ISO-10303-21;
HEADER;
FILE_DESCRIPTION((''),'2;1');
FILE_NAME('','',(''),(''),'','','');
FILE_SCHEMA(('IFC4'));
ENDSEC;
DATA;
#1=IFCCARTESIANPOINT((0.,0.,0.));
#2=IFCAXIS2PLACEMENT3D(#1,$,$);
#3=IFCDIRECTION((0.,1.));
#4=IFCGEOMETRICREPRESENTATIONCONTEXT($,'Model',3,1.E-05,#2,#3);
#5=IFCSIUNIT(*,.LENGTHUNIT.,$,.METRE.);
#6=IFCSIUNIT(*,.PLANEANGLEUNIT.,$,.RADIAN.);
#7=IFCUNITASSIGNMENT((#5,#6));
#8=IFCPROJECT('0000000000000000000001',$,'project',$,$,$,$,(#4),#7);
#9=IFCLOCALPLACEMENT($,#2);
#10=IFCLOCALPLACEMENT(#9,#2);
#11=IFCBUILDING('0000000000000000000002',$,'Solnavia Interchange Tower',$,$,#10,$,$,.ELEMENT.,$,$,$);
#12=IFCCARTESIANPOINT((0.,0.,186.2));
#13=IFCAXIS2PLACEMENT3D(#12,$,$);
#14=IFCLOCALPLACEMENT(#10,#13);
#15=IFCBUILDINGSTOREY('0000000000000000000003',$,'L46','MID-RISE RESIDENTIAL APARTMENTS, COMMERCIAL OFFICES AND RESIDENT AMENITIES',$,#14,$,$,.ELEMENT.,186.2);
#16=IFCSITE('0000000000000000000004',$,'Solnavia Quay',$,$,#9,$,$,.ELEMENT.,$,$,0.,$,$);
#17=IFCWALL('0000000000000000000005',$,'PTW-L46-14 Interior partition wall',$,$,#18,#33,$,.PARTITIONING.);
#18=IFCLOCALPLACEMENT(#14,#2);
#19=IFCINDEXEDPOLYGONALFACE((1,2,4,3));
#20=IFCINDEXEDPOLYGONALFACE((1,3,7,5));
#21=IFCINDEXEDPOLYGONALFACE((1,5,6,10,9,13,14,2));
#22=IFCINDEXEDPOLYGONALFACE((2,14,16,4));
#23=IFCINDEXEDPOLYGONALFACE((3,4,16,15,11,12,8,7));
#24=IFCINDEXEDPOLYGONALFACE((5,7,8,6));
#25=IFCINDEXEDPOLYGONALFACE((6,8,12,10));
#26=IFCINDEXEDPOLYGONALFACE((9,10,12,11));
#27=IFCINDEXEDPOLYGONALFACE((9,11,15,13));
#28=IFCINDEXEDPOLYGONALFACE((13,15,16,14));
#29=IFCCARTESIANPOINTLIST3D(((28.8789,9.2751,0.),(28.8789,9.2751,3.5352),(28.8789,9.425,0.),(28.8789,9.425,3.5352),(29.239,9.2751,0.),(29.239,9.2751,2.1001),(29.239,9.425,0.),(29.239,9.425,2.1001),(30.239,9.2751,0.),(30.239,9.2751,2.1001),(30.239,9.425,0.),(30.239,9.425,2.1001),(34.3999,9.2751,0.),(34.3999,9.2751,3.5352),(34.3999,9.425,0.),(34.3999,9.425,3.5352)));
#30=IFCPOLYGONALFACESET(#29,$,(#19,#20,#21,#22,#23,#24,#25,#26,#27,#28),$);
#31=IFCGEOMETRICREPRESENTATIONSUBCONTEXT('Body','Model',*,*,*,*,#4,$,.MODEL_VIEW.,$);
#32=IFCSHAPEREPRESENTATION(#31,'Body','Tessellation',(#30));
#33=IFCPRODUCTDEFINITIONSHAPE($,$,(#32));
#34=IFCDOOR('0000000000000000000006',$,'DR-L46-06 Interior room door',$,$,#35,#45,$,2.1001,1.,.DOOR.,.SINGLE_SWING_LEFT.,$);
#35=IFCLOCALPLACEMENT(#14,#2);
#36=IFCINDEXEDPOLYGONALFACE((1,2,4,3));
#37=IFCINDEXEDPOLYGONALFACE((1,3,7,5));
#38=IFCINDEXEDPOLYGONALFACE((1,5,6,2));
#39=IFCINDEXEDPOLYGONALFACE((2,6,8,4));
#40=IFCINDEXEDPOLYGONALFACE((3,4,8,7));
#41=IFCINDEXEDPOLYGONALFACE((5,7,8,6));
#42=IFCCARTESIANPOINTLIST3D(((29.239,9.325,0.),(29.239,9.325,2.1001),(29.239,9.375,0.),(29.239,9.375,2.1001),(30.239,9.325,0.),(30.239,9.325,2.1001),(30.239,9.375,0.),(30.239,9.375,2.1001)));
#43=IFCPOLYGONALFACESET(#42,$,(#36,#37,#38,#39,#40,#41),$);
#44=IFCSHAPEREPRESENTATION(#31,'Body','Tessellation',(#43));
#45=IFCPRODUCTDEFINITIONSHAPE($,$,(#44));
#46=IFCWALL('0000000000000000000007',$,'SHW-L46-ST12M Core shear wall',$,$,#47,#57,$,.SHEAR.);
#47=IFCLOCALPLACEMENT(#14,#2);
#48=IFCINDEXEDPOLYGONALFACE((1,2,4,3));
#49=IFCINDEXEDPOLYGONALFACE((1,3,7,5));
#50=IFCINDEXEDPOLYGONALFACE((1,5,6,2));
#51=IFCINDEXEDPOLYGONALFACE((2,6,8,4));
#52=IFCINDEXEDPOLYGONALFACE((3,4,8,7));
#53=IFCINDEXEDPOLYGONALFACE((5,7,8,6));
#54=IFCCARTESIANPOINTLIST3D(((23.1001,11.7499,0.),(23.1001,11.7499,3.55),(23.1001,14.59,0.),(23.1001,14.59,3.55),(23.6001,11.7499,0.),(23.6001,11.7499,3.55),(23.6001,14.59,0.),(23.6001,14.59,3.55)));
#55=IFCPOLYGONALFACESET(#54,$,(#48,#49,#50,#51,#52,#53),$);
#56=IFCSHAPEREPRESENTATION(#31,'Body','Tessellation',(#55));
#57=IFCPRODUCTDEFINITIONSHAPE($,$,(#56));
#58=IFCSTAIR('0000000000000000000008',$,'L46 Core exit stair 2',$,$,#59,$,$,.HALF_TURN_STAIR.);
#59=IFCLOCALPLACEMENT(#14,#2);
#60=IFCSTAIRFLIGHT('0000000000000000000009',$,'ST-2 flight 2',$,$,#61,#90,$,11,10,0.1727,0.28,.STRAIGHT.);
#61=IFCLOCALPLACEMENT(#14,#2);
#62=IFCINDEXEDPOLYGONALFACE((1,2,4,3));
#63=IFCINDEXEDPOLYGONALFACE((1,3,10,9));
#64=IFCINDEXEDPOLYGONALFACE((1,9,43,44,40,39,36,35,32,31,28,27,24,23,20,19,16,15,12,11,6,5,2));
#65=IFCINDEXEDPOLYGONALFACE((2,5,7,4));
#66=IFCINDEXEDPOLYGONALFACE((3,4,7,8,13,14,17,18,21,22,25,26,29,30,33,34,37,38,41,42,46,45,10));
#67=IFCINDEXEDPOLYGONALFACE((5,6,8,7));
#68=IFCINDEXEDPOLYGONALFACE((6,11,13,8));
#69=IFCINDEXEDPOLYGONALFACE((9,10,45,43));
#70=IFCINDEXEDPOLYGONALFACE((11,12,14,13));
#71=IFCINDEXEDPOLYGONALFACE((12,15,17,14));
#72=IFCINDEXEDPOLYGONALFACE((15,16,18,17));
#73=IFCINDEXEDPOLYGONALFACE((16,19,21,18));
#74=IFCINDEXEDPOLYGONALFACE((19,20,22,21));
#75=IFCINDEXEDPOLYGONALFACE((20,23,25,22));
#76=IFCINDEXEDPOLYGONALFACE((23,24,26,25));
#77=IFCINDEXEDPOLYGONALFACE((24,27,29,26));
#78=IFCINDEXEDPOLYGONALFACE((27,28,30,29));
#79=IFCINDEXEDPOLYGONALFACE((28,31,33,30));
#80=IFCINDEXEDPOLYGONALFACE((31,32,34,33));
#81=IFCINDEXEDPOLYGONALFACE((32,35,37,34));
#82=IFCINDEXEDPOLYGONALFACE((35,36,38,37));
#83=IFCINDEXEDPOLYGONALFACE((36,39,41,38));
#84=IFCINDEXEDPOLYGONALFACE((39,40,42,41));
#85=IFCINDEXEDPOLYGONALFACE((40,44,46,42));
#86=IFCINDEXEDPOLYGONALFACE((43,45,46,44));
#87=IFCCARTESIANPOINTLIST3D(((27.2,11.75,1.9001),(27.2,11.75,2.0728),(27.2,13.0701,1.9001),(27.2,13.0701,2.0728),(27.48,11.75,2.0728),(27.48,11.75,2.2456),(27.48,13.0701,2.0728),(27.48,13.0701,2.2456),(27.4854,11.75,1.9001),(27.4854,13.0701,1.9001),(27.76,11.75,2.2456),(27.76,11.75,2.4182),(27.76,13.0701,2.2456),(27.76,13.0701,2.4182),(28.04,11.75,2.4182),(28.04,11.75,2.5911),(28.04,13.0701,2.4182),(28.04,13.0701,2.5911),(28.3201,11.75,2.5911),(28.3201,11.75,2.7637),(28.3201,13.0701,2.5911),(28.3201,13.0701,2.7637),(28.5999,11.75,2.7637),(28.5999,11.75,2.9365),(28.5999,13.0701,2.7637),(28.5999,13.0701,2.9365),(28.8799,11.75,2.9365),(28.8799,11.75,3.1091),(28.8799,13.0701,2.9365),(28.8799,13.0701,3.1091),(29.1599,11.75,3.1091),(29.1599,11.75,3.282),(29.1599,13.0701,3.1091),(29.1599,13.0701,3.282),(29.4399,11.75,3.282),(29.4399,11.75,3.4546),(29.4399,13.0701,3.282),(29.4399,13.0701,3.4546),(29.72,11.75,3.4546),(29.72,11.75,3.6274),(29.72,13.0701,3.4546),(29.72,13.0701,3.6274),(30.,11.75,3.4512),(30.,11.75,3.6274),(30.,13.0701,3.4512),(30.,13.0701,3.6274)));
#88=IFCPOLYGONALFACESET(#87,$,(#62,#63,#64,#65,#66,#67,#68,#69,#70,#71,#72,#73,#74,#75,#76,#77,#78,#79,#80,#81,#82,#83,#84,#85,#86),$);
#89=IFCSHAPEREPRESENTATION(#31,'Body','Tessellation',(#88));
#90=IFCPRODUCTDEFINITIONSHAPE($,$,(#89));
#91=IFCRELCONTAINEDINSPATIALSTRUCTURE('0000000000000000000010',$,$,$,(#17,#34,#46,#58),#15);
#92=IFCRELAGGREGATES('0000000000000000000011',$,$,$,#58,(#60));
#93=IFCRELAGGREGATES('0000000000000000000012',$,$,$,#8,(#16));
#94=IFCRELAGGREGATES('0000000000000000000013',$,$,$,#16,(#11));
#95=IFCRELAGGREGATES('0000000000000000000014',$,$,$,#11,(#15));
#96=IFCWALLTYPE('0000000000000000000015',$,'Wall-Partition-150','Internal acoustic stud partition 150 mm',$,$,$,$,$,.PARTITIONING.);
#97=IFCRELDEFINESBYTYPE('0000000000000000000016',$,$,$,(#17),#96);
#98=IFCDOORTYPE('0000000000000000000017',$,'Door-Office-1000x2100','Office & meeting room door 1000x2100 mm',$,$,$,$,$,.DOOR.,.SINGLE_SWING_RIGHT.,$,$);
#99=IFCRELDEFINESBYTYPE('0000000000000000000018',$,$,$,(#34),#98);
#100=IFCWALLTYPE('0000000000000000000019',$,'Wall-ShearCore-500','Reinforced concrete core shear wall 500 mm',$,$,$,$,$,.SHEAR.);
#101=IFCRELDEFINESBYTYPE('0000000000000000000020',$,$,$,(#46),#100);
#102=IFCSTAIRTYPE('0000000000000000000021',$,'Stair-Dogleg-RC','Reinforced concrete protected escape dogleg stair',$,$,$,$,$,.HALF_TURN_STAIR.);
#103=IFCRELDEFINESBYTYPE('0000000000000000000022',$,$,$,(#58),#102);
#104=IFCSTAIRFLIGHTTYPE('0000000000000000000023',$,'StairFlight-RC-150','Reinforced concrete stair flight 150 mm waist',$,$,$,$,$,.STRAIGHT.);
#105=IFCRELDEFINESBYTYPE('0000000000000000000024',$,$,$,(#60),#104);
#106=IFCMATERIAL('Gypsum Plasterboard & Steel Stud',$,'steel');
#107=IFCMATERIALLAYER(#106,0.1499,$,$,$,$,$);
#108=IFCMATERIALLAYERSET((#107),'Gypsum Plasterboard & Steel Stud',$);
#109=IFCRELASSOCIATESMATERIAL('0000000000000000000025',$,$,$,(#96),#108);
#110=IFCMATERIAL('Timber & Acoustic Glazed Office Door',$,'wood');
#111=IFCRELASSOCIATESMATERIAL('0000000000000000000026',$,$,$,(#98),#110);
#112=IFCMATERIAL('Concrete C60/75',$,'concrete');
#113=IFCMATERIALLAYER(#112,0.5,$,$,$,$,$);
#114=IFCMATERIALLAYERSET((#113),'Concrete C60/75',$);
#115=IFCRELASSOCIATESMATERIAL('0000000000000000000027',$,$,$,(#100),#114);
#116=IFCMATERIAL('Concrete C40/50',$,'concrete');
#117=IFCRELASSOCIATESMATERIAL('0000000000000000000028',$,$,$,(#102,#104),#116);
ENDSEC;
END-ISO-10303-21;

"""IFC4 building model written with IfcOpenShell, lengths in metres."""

from ifc_helpers import new_model, si_unit, direction, frame, frame_2d, origin, place, context, subcontext, project, spatial, polyline, rectangle, outline, extrude, material, layer, layer_set, type_object, element, fill, aggregate, save


model = new_model("IFC4")

# Units and contexts
model_context = context("Model", 3, precision=1e-05, world=origin(), true_north=direction((0.0, 1.0)))
body_context = subcontext(model_context, "Body", "Model", "MODEL_VIEW")
ifc_project = project(units=[si_unit("LENGTHUNIT", "METRE"), si_unit("PLANEANGLEUNIT", "RADIAN")], contexts=[model_context])

# Site, building, storey
site_placement = place(None, origin())
site = spatial("IfcSite", under=ifc_project, at=site_placement, Name="Solnavia Quay", CompositionType="ELEMENT", RefElevation=0.0)
building_placement = place(site_placement, origin())
building = spatial("IfcBuilding", under=site, at=building_placement, Name="Solnavia Interchange Tower", CompositionType="ELEMENT")
storey_placement = place(building_placement, frame((0.0, 0.0, 186.2)))
storey = spatial("IfcBuildingStorey", under=building, at=storey_placement, Name="L46", Description="MID-RISE RESIDENTIAL APARTMENTS, COMMERCIAL OFFICES AND RESIDENT AMENITIES", CompositionType="ELEMENT", Elevation=186.2)

# Shared definitions
ifc_material_1 = material(Name="Concrete C40/50", Category="concrete")

# Shared definitions
ifc_material_2 = material(Name="Gypsum Plasterboard & Steel Stud", Category="steel")
ifc_layer_1 = layer(ifc_material_2, 0.1499)
ifc_layer_set_1 = layer_set([ifc_layer_1], Name="Gypsum Plasterboard & Steel Stud")
wall_type_1 = type_object("IfcWallType", Name="Wall-Partition-150", Description="Internal acoustic stud partition 150 mm", PredefinedType="PARTITIONING", material=ifc_layer_set_1)

# Wall, opening, door
wall_1_placement = place(storey_placement, frame((28.8789, 9.3501, 0.0), z_axis=(0.0, 0.0, 1.0), x_axis=(1.0, 0.0, 0.0)))
wall_1 = element("IfcWall", 1, at=wall_1_placement, inside=storey, type_object=wall_type_1, Name="PTW-L46-14 Interior partition wall", PredefinedType="PARTITIONING", context=body_context, shape_type="SweptSolid", body=[
    extrude(rectangle(XDim=5.521, YDim=0.1499, at=frame_2d((2.7605, 0.0))), origin(), (0.0, 0.0, 1.0), 3.5352),
])
opening_1_placement = place(wall_1_placement, frame((0.3601, 0.0, 0.0)))
opening_1 = element("IfcOpeningElement", 2, at=opening_1_placement, cuts=wall_1, PredefinedType="OPENING", context=body_context, shape_type="SweptSolid", body=[
    extrude(rectangle(XDim=1.0, YDim=2.1001, at=frame_2d((0.5, 1.05))), frame((0.0, 0.085, 0.0), z_axis=(0.0, -1.0, 0.0), x_axis=(1.0, 0.0, 0.0)), (0.0, 0.0, 1.0), 0.1699),
])
ifc_material_3 = material(Name="Timber & Acoustic Glazed Office Door", Category="wood")
door_type = type_object("IfcDoorType", Name="Door-Office-1000x2100", Description="Office & meeting room door 1000x2100 mm", OperationType="SINGLE_SWING_RIGHT", PredefinedType="DOOR", material=ifc_material_3)
door_placement = place(opening_1_placement, origin())
door = element("IfcDoor", 3, at=door_placement, inside=storey, type_object=door_type, Name="DR-L46-06 Interior room door", OperationType="SINGLE_SWING_LEFT", OverallHeight=2.1001, OverallWidth=1.0, PredefinedType="DOOR", context=body_context, shape_type="SweptSolid", body=[
    extrude(rectangle(XDim=1.0, YDim=2.1001, at=frame_2d((0.5, 1.05))), frame((0.0, 0.0249, 0.0), z_axis=(0.0, -1.0, 0.0), x_axis=(1.0, 0.0, 0.0)), (0.0, 0.0, 1.0), 0.05),
])
fill(opening_1, door)

# Wall
ifc_material_4 = material(Name="Concrete C60/75", Category="concrete")
ifc_layer_2 = layer(ifc_material_4, 0.5)
ifc_layer_set_2 = layer_set([ifc_layer_2], Name="Concrete C60/75")
wall_type_2 = type_object("IfcWallType", Name="Wall-ShearCore-500", Description="Reinforced concrete core shear wall 500 mm", PredefinedType="SHEAR", material=ifc_layer_set_2)
wall_2_placement = place(storey_placement, frame((23.3501, 11.75, 0.0), z_axis=(0.0, 0.0, 1.0), x_axis=(0.0, 1.0, 0.0)))
element("IfcWall", 4, at=wall_2_placement, inside=storey, type_object=wall_type_2, Name="SHW-L46-ST12M Core shear wall", PredefinedType="SHEAR", context=body_context, shape_type="SweptSolid", body=[
    extrude(rectangle(XDim=2.8401, YDim=0.5, at=frame_2d((1.4199, 0.0))), origin(), (0.0, 0.0, 1.0), 3.55),
])

# Stair, stair flight
stair_type = type_object("IfcStairType", Name="Stair-Dogleg-RC", Description="Reinforced concrete protected escape dogleg stair", PredefinedType="HALF_TURN_STAIR", material=ifc_material_1)
stair_placement = place(storey_placement, origin())
stair = element("IfcStair", 5, at=stair_placement, inside=storey, type_object=stair_type, Name="L46 Core exit stair 2", PredefinedType="HALF_TURN_STAIR")
stair_flight_type = type_object("IfcStairFlightType", Name="StairFlight-RC-150", Description="Reinforced concrete stair flight 150 mm waist", PredefinedType="STRAIGHT", material=ifc_material_1)
stair_flight_placement = place(storey_placement, frame((27.2, 12.4099, 1.9001), z_axis=(0.0, 0.0, 1.0), x_axis=(1.0, 0.0, 0.0)))
stair_flight = element("IfcStairFlight", 6, at=stair_flight_placement, type_object=stair_flight_type, Name="ST-2 flight 2", NumberOfRisers=11, NumberOfTreads=10, PredefinedType="STRAIGHT", RiserHeight=0.1727, TreadLength=0.28, context=body_context, shape_type="SweptSolid", body=[
    extrude(outline(polyline([(0.0, 0.0), (0.0, 0.1726), (0.28, 0.1726), (0.28, 0.3455), (0.5601, 0.3455), (0.5601, 0.5181), (0.8401, 0.5181), (0.8401, 0.6909), (1.1201, 0.6909), (1.1201, 0.8635), (1.3999, 0.8635), (1.3999, 1.0364), (1.6799, 1.0364), (1.6799, 1.209), (1.96, 1.209), (1.96, 1.3818), (2.24, 1.3818), (2.24, 1.5544), (2.52, 1.5544), (2.52, 1.7273), (2.8, 1.7273), (2.8, 1.8999), (2.8, 1.551), (0.2854, 0.0), (0.0, 0.0)])), frame((0.0, 0.6602, 0.0), z_axis=(0.0, -1.0, 0.0), x_axis=(1.0, 0.0, 0.0)), (0.0, 0.0, 1.0), 1.3201),
])
aggregate(stair, [stair_flight])

save(model, "model.ifc")
